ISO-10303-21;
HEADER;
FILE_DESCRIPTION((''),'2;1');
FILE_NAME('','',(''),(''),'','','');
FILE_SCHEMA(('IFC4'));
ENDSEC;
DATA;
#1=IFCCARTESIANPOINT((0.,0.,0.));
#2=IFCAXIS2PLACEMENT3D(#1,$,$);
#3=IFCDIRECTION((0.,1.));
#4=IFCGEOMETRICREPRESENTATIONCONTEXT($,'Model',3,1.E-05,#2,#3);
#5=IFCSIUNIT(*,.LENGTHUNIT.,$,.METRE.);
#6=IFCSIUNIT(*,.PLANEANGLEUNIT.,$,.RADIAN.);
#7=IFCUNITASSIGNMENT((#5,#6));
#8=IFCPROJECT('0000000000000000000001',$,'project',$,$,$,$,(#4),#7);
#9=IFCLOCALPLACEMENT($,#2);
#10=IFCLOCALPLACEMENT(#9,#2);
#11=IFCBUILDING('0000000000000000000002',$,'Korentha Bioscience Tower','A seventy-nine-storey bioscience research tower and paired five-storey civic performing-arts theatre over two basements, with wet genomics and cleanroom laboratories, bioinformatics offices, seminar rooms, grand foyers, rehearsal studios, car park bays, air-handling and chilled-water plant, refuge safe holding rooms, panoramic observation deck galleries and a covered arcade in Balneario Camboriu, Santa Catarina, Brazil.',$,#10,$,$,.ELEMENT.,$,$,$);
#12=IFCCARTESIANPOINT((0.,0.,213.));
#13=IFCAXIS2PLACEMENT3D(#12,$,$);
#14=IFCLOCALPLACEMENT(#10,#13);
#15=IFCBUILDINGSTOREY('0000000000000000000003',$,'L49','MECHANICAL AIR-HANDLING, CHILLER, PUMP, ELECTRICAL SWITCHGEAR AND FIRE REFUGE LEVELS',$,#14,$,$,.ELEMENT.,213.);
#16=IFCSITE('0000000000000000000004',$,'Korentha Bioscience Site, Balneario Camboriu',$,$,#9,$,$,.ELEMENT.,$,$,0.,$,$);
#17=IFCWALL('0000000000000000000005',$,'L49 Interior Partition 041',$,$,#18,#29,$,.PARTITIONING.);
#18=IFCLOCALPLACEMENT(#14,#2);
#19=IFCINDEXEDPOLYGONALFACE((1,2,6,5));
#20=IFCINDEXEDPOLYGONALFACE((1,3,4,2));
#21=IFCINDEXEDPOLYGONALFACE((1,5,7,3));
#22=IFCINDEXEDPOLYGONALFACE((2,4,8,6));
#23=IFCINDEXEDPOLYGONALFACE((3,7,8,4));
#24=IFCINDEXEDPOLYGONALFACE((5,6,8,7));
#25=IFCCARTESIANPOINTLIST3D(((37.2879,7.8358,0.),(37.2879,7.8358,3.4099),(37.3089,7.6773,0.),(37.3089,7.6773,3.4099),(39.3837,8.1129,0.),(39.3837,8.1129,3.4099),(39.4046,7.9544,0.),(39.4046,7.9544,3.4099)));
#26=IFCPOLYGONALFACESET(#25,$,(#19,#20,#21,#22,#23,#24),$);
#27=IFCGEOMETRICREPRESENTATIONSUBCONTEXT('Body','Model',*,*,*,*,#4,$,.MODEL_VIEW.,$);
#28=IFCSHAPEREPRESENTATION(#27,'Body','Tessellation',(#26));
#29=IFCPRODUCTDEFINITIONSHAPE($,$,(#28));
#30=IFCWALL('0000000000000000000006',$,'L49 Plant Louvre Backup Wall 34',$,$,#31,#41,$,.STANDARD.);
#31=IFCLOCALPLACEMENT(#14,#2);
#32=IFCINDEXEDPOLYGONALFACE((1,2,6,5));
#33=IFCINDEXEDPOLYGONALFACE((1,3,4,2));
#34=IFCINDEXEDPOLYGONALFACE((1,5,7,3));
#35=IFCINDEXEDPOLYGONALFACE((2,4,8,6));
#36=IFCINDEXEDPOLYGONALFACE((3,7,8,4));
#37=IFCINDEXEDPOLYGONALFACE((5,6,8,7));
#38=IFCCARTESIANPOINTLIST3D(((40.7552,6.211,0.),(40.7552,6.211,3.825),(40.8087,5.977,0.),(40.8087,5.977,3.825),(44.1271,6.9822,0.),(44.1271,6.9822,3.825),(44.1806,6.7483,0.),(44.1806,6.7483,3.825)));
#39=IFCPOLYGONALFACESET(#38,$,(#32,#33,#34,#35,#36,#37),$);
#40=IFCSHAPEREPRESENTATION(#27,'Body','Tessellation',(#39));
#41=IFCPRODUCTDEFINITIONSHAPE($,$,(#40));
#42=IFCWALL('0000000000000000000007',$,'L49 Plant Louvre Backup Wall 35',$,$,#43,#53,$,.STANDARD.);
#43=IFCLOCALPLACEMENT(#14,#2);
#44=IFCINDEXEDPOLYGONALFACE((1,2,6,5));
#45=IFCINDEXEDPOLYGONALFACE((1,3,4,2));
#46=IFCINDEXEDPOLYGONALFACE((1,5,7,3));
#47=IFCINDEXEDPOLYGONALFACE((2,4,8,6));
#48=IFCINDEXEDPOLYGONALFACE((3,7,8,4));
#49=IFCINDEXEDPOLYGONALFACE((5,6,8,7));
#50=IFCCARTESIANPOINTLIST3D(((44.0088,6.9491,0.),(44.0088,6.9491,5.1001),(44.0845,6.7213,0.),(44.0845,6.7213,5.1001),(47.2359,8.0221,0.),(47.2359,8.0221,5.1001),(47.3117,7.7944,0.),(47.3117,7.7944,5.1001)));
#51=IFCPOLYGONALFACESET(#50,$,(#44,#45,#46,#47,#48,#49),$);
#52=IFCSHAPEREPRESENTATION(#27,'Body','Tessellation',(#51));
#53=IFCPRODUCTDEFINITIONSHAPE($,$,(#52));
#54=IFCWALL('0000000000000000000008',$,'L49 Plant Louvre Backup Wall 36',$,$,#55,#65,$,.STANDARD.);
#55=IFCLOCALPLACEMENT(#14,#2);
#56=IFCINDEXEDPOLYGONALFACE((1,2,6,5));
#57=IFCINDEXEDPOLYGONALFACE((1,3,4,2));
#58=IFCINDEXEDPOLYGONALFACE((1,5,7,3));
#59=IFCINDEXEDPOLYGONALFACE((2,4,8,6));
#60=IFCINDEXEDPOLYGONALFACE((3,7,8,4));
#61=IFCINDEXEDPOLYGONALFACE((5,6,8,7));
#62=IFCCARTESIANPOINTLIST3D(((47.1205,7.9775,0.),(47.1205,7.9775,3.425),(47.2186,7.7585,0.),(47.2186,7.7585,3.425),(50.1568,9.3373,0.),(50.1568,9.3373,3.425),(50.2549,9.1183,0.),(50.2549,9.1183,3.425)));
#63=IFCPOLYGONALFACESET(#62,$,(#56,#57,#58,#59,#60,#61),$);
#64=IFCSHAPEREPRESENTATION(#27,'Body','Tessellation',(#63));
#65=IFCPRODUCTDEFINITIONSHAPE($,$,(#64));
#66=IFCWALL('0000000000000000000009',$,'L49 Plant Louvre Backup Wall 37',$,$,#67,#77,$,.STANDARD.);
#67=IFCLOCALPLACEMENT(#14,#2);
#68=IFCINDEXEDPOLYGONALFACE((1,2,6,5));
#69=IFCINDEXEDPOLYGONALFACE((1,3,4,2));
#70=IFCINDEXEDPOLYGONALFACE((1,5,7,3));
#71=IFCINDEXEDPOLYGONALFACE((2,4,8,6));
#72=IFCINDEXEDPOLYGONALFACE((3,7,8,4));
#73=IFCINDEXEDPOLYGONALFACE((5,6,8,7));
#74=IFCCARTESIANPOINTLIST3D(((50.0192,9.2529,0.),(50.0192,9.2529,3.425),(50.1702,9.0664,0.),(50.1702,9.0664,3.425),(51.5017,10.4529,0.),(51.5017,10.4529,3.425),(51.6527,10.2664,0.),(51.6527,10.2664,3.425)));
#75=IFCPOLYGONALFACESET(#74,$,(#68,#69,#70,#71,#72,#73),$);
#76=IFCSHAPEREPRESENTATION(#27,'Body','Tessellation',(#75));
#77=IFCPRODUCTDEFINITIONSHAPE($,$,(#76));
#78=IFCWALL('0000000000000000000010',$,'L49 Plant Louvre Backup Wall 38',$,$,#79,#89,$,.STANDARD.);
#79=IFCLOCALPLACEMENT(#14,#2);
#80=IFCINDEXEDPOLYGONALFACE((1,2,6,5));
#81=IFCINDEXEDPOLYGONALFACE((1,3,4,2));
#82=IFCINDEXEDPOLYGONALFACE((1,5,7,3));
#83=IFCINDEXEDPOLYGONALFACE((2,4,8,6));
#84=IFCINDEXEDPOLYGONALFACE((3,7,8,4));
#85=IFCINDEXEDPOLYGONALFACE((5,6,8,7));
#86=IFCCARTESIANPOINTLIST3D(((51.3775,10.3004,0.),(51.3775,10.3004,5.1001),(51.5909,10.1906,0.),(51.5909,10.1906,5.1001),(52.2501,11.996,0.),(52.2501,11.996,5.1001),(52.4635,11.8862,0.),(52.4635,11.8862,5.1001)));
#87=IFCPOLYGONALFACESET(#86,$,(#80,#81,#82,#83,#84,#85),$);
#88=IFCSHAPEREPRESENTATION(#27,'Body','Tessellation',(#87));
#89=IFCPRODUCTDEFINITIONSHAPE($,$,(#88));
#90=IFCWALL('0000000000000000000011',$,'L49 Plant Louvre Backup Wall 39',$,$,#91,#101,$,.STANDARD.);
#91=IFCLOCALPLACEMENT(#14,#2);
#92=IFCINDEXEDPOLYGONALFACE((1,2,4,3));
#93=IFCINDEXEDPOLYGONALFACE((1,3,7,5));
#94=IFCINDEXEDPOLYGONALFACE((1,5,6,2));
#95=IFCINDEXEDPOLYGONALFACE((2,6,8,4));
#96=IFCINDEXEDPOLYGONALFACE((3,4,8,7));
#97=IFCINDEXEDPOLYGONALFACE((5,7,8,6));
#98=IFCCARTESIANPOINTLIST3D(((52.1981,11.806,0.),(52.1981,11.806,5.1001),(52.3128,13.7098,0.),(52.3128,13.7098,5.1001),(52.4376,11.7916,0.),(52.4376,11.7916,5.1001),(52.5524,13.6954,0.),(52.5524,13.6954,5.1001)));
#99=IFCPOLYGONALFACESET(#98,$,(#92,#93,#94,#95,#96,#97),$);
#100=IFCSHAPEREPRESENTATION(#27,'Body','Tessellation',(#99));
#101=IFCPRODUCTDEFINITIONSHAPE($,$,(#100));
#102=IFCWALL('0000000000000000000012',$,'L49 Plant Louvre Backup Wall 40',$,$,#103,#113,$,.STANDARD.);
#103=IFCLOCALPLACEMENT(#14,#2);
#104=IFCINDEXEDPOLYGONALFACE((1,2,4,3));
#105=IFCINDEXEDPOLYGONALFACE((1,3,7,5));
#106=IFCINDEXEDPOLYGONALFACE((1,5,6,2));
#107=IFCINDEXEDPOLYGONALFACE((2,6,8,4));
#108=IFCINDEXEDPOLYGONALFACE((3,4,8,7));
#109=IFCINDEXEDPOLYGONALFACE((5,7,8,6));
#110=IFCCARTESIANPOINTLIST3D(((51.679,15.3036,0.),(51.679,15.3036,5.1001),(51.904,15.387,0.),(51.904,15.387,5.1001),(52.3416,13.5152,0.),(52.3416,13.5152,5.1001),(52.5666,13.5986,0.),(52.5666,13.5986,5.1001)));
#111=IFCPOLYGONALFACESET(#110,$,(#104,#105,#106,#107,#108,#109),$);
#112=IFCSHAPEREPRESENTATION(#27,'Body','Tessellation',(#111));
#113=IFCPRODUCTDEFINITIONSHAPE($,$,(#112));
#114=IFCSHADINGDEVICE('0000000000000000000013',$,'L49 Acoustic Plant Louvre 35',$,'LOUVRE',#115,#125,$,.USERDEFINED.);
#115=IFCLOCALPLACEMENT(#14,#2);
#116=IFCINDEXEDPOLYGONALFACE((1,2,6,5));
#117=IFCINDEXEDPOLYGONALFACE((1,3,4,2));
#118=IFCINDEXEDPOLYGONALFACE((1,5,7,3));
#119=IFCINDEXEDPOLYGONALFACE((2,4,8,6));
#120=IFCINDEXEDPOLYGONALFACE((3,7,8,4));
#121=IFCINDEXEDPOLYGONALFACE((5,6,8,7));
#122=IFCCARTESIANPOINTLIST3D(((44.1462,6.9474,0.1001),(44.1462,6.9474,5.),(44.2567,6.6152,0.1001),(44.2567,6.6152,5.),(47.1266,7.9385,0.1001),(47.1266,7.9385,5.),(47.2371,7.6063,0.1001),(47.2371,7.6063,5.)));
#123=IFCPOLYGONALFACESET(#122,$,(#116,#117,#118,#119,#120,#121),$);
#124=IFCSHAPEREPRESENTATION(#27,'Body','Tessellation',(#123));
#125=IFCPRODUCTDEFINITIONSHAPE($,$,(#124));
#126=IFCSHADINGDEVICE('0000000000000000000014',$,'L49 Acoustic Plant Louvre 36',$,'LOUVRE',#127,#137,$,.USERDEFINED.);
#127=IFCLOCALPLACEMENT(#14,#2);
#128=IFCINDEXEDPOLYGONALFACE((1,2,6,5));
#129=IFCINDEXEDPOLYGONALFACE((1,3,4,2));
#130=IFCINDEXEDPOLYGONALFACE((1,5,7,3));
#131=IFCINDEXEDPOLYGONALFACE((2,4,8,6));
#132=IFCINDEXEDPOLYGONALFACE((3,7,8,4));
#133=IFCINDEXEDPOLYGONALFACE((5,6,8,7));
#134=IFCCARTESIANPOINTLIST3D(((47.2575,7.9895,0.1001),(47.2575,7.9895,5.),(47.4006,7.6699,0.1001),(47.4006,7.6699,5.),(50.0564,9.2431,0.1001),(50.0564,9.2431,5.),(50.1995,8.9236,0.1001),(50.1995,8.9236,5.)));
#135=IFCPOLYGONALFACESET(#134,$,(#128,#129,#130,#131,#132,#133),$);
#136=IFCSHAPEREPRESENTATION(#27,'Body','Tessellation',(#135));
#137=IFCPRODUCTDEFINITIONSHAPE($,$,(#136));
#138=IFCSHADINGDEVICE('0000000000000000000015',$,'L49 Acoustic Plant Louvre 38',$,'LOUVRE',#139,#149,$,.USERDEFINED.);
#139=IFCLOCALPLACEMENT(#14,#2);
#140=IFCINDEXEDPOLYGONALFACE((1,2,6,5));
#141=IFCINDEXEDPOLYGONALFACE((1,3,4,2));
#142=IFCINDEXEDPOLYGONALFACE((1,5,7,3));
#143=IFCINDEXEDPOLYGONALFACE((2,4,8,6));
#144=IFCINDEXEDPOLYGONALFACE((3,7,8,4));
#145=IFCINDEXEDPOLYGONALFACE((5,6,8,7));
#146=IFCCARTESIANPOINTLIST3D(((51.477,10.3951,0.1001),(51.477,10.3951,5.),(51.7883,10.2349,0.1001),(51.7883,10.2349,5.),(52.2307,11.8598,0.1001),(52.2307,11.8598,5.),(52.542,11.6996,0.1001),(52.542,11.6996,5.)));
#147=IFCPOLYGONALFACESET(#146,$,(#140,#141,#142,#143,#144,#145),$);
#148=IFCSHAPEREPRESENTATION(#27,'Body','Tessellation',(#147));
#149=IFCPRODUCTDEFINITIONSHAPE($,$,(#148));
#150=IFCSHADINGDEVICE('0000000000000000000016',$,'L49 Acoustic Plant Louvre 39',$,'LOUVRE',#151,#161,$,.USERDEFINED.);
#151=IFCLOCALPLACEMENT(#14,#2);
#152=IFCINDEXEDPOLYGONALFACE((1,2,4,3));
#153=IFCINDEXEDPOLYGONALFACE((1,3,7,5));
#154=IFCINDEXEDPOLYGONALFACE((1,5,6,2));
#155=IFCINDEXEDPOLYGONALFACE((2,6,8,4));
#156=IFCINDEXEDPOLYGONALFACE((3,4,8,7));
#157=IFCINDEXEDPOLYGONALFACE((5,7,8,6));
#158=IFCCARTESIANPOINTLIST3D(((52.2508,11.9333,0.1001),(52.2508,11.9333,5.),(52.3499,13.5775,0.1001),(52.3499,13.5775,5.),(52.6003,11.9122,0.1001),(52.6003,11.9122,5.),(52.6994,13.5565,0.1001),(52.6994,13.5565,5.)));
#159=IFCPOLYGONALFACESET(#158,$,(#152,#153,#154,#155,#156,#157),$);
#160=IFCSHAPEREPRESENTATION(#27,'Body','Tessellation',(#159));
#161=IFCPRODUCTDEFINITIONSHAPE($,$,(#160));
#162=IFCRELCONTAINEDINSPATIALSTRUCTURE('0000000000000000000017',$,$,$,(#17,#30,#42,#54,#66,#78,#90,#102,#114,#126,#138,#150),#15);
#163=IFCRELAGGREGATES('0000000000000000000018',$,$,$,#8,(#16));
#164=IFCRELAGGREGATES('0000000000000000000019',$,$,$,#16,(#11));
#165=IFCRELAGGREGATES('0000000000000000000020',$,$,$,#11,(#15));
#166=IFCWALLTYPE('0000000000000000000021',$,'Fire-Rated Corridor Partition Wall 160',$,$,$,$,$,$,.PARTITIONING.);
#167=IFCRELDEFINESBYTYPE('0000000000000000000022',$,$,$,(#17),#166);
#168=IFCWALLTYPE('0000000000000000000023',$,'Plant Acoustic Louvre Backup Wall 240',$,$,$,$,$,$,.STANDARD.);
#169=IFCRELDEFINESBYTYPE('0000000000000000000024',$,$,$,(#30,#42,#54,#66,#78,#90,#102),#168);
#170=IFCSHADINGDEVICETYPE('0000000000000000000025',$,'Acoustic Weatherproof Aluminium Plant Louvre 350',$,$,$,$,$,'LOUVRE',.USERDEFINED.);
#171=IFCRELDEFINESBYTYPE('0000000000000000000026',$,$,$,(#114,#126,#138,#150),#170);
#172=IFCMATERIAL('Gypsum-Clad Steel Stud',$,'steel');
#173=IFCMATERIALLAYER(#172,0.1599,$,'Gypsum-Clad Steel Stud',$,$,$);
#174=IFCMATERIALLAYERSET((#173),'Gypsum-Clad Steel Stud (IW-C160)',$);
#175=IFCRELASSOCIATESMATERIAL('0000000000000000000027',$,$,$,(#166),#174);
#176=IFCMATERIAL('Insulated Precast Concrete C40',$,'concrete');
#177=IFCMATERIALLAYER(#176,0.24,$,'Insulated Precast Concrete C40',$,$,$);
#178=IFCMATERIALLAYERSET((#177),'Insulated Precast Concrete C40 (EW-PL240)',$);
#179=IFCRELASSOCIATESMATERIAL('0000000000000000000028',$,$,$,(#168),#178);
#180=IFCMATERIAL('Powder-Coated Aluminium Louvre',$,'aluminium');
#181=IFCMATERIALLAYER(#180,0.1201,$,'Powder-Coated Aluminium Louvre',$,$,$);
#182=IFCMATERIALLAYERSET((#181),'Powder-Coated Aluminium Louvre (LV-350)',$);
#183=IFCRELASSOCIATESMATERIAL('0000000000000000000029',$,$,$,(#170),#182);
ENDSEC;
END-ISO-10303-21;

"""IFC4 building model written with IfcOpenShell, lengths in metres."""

from ifc_helpers import new_model, si_unit, direction, frame, frame_2d, origin, origin_2d, place, context, subcontext, project, spatial, rectangle, extrude, material, layer, layer_set, type_object, element, save


model = new_model("IFC4")

# Units and contexts
model_context = context("Model", 3, precision=1e-05, world=origin(), true_north=direction((0.0, 1.0)))
body_context = subcontext(model_context, "Body", "Model", "MODEL_VIEW")
ifc_project = project(units=[si_unit("LENGTHUNIT", "METRE"), si_unit("PLANEANGLEUNIT", "RADIAN")], contexts=[model_context])

# Site, building, storey
site_placement = place(None, origin())
site = spatial("IfcSite", under=ifc_project, at=site_placement, Name="Korentha Bioscience Site, Balneario Camboriu", CompositionType="ELEMENT", RefElevation=0.0)
building_placement = place(site_placement, origin())
building = spatial("IfcBuilding", under=site, at=building_placement, Name="Korentha Bioscience Tower", Description="A seventy-nine-storey bioscience research tower and paired five-storey civic performing-arts theatre over two basements, with wet genomics and cleanroom laboratories, bioinformatics offices, seminar rooms, grand foyers, rehearsal studios, car park bays, air-handling and chilled-water plant, refuge safe holding rooms, panoramic observation deck galleries and a covered arcade in Balneario Camboriu, Santa Catarina, Brazil.", CompositionType="ELEMENT")
storey_placement = place(building_placement, frame((0.0, 0.0, 213.0)))
storey = spatial("IfcBuildingStorey", under=building, at=storey_placement, Name="L49", Description="MECHANICAL AIR-HANDLING, CHILLER, PUMP, ELECTRICAL SWITCHGEAR AND FIRE REFUGE LEVELS", CompositionType="ELEMENT", Elevation=213.0)

# Walls
ifc_material_1 = material(Name="Gypsum-Clad Steel Stud", Category="steel")
ifc_layer_1 = layer(ifc_material_1, 0.1599, Name="Gypsum-Clad Steel Stud")
ifc_layer_set_1 = layer_set([ifc_layer_1], Name="Gypsum-Clad Steel Stud (IW-C160)")
wall_type_1 = type_object("IfcWallType", Name="Fire-Rated Corridor Partition Wall 160", PredefinedType="PARTITIONING", material=ifc_layer_set_1)
wall_1_placement = place(storey_placement, frame((39.3943, 8.0337, 0.0), z_axis=(0.0, 0.0, 1.0), x_axis=(-0.991372, -0.131082, 0.0)))
element("IfcWall", 1, at=wall_1_placement, inside=storey, type_object=wall_type_1, Name="L49 Interior Partition 041", PredefinedType="PARTITIONING", context=body_context, shape_type="SweptSolid", body=[
    extrude(rectangle(XDim=2.114, YDim=0.1599, at=frame_2d((1.0571, 0.0))), origin(), (0.0, 0.0, 1.0), 3.4099),
])
ifc_material_2 = material(Name="Insulated Precast Concrete C40", Category="concrete")
ifc_layer_2 = layer(ifc_material_2, 0.24, Name="Insulated Precast Concrete C40")
ifc_layer_set_2 = layer_set([ifc_layer_2], Name="Insulated Precast Concrete C40 (EW-PL240)")
wall_type_2 = type_object("IfcWallType", Name="Plant Acoustic Louvre Backup Wall 240", PredefinedType="STANDARD", material=ifc_layer_set_2)
wall_2_placement = place(storey_placement, frame((40.782, 6.094, 0.0), z_axis=(0.0, 0.0, 1.0), x_axis=(0.974825, 0.222972, 0.0)))
element("IfcWall", 2, at=wall_2_placement, inside=storey, type_object=wall_type_2, Name="L49 Plant Louvre Backup Wall 34", PredefinedType="STANDARD", context=body_context, shape_type="SweptSolid", body=[
    extrude(rectangle(XDim=3.459, YDim=0.24, at=frame_2d((1.7295, 0.0))), origin(), (0.0, 0.0, 1.0), 3.825),
])
wall_3_placement = place(storey_placement, frame((44.0466, 6.8352, 0.0), z_axis=(0.0, 0.0, 1.0), x_axis=(0.94892, 0.315517, 0.0)))
element("IfcWall", 3, at=wall_3_placement, inside=storey, type_object=wall_type_2, Name="L49 Plant Louvre Backup Wall 35", PredefinedType="STANDARD", context=body_context, shape_type="SweptSolid", body=[
    extrude(rectangle(XDim=3.4009, YDim=0.24, at=frame_2d((1.7004, 0.0))), origin(), (0.0, 0.0, 1.0), 5.1001),
])
wall_4_placement = place(storey_placement, frame((47.1694, 7.8679, 0.0), z_axis=(0.0, 0.0, 1.0), x_axis=(0.912652, 0.408738, 0.0)))
element("IfcWall", 4, at=wall_4_placement, inside=storey, type_object=wall_type_2, Name="L49 Plant Louvre Backup Wall 36", PredefinedType="STANDARD", context=body_context, shape_type="SweptSolid", body=[
    extrude(rectangle(XDim=3.3269, YDim=0.24, at=frame_2d((1.6636, 0.0))), origin(), (0.0, 0.0, 1.0), 3.425),
])
wall_5_placement = place(storey_placement, frame((50.0947, 9.1597, 0.0), z_axis=(0.0, 0.0, 1.0), x_axis=(0.777272, 0.629165, 0.0)))
element("IfcWall", 5, at=wall_5_placement, inside=storey, type_object=wall_type_2, Name="L49 Plant Louvre Backup Wall 37", PredefinedType="STANDARD", context=body_context, shape_type="SweptSolid", body=[
    extrude(rectangle(XDim=1.9072, YDim=0.24, at=frame_2d((0.9536, 0.0))), origin(), (0.0, 0.0, 1.0), 3.425),
])
wall_6_placement = place(storey_placement, frame((51.4841, 10.2454, 0.0), z_axis=(0.0, 0.0, 1.0), x_axis=(0.457579, 0.889169, 0.0)))
element("IfcWall", 6, at=wall_6_placement, inside=storey, type_object=wall_type_2, Name="L49 Plant Louvre Backup Wall 38", PredefinedType="STANDARD", context=body_context, shape_type="SweptSolid", body=[
    extrude(rectangle(XDim=1.907, YDim=0.24, at=frame_2d((0.9536, 0.0))), origin(), (0.0, 0.0, 1.0), 5.1001),
])
for number, where, z_axis, x_axis, name in (
    (7, (52.3179, 11.7988, 0.0), (0.0, 0.0, 1.0), (0.060163, 0.998189, 0.0), "L49 Plant Louvre Backup Wall 39"),
    (8, (52.4541, 13.5569, 0.0), (0.0, 0.0, 1.0), (-0.347431, 0.937706, 0.0), "L49 Plant Louvre Backup Wall 40"),
):
    element("IfcWall", number, at=place(storey_placement, frame(where, z_axis=z_axis, x_axis=x_axis)), inside=storey, type_object=wall_type_2, Name=name, PredefinedType="STANDARD", context=body_context, shape_type="SweptSolid", body=[
        extrude(rectangle(XDim=1.9072, YDim=0.24, at=frame_2d((0.9536, 0.0))), origin(), (0.0, 0.0, 1.0), 5.1001),
    ])

# Shading devices
ifc_material_3 = material(Name="Powder-Coated Aluminium Louvre", Category="aluminium")
ifc_layer_3 = layer(ifc_material_3, 0.1201, Name="Powder-Coated Aluminium Louvre")
ifc_layer_set_3 = layer_set([ifc_layer_3], Name="Powder-Coated Aluminium Louvre (LV-350)")
shading_device_type = type_object("IfcShadingDeviceType", Name="Acoustic Weatherproof Aluminium Plant Louvre 350", ElementType="LOUVRE", PredefinedType="USERDEFINED", material=ifc_layer_set_3)
shading_device_1_placement = place(storey_placement, frame((45.6917, 7.2769, 0.1001), z_axis=(0.0, 0.0, 1.0), x_axis=(0.94891, 0.315546, 0.0)))
element("IfcShadingDevice", 9, at=shading_device_1_placement, inside=storey, type_object=shading_device_type, Name="L49 Acoustic Plant Louvre 35", ObjectType="LOUVRE", PredefinedType="USERDEFINED", context=body_context, shape_type="SweptSolid", body=[
    extrude(rectangle(XDim=3.1409, YDim=0.3501, at=origin_2d()), origin(), (0.0, 0.0, 1.0), 4.8999),
])
shading_device_2_placement = place(storey_placement, frame((48.7285, 8.4565, 0.1001), z_axis=(0.0, 0.0, 1.0), x_axis=(0.912633, 0.408779, 0.0)))
element("IfcShadingDevice", 10, at=shading_device_2_placement, inside=storey, type_object=shading_device_type, Name="L49 Acoustic Plant Louvre 36", ObjectType="LOUVRE", PredefinedType="USERDEFINED", context=body_context, shape_type="SweptSolid", body=[
    extrude(rectangle(XDim=3.0669, YDim=0.3501, at=origin_2d()), origin(), (0.0, 0.0, 1.0), 4.8999),
])
for number, where, z_axis, x_axis, name in (
    (11, (52.0095, 11.0474, 0.1001), (0.0, 0.0, 1.0), (0.457587, 0.889165, 0.0), "L49 Acoustic Plant Louvre 38"),
    (12, (52.4751, 12.7449, 0.1001), (0.0, 0.0, 1.0), (0.060149, 0.998189, 0.0), "L49 Acoustic Plant Louvre 39"),
):
    element("IfcShadingDevice", number, at=place(storey_placement, frame(where, z_axis=z_axis, x_axis=x_axis)), inside=storey, type_object=shading_device_type, Name=name, ObjectType="LOUVRE", PredefinedType="USERDEFINED", context=body_context, shape_type="SweptSolid", body=[
        extrude(rectangle(XDim=1.6472, YDim=0.3501, at=origin_2d()), origin(), (0.0, 0.0, 1.0), 4.8999),
    ])

save(model, "model.ifc")
